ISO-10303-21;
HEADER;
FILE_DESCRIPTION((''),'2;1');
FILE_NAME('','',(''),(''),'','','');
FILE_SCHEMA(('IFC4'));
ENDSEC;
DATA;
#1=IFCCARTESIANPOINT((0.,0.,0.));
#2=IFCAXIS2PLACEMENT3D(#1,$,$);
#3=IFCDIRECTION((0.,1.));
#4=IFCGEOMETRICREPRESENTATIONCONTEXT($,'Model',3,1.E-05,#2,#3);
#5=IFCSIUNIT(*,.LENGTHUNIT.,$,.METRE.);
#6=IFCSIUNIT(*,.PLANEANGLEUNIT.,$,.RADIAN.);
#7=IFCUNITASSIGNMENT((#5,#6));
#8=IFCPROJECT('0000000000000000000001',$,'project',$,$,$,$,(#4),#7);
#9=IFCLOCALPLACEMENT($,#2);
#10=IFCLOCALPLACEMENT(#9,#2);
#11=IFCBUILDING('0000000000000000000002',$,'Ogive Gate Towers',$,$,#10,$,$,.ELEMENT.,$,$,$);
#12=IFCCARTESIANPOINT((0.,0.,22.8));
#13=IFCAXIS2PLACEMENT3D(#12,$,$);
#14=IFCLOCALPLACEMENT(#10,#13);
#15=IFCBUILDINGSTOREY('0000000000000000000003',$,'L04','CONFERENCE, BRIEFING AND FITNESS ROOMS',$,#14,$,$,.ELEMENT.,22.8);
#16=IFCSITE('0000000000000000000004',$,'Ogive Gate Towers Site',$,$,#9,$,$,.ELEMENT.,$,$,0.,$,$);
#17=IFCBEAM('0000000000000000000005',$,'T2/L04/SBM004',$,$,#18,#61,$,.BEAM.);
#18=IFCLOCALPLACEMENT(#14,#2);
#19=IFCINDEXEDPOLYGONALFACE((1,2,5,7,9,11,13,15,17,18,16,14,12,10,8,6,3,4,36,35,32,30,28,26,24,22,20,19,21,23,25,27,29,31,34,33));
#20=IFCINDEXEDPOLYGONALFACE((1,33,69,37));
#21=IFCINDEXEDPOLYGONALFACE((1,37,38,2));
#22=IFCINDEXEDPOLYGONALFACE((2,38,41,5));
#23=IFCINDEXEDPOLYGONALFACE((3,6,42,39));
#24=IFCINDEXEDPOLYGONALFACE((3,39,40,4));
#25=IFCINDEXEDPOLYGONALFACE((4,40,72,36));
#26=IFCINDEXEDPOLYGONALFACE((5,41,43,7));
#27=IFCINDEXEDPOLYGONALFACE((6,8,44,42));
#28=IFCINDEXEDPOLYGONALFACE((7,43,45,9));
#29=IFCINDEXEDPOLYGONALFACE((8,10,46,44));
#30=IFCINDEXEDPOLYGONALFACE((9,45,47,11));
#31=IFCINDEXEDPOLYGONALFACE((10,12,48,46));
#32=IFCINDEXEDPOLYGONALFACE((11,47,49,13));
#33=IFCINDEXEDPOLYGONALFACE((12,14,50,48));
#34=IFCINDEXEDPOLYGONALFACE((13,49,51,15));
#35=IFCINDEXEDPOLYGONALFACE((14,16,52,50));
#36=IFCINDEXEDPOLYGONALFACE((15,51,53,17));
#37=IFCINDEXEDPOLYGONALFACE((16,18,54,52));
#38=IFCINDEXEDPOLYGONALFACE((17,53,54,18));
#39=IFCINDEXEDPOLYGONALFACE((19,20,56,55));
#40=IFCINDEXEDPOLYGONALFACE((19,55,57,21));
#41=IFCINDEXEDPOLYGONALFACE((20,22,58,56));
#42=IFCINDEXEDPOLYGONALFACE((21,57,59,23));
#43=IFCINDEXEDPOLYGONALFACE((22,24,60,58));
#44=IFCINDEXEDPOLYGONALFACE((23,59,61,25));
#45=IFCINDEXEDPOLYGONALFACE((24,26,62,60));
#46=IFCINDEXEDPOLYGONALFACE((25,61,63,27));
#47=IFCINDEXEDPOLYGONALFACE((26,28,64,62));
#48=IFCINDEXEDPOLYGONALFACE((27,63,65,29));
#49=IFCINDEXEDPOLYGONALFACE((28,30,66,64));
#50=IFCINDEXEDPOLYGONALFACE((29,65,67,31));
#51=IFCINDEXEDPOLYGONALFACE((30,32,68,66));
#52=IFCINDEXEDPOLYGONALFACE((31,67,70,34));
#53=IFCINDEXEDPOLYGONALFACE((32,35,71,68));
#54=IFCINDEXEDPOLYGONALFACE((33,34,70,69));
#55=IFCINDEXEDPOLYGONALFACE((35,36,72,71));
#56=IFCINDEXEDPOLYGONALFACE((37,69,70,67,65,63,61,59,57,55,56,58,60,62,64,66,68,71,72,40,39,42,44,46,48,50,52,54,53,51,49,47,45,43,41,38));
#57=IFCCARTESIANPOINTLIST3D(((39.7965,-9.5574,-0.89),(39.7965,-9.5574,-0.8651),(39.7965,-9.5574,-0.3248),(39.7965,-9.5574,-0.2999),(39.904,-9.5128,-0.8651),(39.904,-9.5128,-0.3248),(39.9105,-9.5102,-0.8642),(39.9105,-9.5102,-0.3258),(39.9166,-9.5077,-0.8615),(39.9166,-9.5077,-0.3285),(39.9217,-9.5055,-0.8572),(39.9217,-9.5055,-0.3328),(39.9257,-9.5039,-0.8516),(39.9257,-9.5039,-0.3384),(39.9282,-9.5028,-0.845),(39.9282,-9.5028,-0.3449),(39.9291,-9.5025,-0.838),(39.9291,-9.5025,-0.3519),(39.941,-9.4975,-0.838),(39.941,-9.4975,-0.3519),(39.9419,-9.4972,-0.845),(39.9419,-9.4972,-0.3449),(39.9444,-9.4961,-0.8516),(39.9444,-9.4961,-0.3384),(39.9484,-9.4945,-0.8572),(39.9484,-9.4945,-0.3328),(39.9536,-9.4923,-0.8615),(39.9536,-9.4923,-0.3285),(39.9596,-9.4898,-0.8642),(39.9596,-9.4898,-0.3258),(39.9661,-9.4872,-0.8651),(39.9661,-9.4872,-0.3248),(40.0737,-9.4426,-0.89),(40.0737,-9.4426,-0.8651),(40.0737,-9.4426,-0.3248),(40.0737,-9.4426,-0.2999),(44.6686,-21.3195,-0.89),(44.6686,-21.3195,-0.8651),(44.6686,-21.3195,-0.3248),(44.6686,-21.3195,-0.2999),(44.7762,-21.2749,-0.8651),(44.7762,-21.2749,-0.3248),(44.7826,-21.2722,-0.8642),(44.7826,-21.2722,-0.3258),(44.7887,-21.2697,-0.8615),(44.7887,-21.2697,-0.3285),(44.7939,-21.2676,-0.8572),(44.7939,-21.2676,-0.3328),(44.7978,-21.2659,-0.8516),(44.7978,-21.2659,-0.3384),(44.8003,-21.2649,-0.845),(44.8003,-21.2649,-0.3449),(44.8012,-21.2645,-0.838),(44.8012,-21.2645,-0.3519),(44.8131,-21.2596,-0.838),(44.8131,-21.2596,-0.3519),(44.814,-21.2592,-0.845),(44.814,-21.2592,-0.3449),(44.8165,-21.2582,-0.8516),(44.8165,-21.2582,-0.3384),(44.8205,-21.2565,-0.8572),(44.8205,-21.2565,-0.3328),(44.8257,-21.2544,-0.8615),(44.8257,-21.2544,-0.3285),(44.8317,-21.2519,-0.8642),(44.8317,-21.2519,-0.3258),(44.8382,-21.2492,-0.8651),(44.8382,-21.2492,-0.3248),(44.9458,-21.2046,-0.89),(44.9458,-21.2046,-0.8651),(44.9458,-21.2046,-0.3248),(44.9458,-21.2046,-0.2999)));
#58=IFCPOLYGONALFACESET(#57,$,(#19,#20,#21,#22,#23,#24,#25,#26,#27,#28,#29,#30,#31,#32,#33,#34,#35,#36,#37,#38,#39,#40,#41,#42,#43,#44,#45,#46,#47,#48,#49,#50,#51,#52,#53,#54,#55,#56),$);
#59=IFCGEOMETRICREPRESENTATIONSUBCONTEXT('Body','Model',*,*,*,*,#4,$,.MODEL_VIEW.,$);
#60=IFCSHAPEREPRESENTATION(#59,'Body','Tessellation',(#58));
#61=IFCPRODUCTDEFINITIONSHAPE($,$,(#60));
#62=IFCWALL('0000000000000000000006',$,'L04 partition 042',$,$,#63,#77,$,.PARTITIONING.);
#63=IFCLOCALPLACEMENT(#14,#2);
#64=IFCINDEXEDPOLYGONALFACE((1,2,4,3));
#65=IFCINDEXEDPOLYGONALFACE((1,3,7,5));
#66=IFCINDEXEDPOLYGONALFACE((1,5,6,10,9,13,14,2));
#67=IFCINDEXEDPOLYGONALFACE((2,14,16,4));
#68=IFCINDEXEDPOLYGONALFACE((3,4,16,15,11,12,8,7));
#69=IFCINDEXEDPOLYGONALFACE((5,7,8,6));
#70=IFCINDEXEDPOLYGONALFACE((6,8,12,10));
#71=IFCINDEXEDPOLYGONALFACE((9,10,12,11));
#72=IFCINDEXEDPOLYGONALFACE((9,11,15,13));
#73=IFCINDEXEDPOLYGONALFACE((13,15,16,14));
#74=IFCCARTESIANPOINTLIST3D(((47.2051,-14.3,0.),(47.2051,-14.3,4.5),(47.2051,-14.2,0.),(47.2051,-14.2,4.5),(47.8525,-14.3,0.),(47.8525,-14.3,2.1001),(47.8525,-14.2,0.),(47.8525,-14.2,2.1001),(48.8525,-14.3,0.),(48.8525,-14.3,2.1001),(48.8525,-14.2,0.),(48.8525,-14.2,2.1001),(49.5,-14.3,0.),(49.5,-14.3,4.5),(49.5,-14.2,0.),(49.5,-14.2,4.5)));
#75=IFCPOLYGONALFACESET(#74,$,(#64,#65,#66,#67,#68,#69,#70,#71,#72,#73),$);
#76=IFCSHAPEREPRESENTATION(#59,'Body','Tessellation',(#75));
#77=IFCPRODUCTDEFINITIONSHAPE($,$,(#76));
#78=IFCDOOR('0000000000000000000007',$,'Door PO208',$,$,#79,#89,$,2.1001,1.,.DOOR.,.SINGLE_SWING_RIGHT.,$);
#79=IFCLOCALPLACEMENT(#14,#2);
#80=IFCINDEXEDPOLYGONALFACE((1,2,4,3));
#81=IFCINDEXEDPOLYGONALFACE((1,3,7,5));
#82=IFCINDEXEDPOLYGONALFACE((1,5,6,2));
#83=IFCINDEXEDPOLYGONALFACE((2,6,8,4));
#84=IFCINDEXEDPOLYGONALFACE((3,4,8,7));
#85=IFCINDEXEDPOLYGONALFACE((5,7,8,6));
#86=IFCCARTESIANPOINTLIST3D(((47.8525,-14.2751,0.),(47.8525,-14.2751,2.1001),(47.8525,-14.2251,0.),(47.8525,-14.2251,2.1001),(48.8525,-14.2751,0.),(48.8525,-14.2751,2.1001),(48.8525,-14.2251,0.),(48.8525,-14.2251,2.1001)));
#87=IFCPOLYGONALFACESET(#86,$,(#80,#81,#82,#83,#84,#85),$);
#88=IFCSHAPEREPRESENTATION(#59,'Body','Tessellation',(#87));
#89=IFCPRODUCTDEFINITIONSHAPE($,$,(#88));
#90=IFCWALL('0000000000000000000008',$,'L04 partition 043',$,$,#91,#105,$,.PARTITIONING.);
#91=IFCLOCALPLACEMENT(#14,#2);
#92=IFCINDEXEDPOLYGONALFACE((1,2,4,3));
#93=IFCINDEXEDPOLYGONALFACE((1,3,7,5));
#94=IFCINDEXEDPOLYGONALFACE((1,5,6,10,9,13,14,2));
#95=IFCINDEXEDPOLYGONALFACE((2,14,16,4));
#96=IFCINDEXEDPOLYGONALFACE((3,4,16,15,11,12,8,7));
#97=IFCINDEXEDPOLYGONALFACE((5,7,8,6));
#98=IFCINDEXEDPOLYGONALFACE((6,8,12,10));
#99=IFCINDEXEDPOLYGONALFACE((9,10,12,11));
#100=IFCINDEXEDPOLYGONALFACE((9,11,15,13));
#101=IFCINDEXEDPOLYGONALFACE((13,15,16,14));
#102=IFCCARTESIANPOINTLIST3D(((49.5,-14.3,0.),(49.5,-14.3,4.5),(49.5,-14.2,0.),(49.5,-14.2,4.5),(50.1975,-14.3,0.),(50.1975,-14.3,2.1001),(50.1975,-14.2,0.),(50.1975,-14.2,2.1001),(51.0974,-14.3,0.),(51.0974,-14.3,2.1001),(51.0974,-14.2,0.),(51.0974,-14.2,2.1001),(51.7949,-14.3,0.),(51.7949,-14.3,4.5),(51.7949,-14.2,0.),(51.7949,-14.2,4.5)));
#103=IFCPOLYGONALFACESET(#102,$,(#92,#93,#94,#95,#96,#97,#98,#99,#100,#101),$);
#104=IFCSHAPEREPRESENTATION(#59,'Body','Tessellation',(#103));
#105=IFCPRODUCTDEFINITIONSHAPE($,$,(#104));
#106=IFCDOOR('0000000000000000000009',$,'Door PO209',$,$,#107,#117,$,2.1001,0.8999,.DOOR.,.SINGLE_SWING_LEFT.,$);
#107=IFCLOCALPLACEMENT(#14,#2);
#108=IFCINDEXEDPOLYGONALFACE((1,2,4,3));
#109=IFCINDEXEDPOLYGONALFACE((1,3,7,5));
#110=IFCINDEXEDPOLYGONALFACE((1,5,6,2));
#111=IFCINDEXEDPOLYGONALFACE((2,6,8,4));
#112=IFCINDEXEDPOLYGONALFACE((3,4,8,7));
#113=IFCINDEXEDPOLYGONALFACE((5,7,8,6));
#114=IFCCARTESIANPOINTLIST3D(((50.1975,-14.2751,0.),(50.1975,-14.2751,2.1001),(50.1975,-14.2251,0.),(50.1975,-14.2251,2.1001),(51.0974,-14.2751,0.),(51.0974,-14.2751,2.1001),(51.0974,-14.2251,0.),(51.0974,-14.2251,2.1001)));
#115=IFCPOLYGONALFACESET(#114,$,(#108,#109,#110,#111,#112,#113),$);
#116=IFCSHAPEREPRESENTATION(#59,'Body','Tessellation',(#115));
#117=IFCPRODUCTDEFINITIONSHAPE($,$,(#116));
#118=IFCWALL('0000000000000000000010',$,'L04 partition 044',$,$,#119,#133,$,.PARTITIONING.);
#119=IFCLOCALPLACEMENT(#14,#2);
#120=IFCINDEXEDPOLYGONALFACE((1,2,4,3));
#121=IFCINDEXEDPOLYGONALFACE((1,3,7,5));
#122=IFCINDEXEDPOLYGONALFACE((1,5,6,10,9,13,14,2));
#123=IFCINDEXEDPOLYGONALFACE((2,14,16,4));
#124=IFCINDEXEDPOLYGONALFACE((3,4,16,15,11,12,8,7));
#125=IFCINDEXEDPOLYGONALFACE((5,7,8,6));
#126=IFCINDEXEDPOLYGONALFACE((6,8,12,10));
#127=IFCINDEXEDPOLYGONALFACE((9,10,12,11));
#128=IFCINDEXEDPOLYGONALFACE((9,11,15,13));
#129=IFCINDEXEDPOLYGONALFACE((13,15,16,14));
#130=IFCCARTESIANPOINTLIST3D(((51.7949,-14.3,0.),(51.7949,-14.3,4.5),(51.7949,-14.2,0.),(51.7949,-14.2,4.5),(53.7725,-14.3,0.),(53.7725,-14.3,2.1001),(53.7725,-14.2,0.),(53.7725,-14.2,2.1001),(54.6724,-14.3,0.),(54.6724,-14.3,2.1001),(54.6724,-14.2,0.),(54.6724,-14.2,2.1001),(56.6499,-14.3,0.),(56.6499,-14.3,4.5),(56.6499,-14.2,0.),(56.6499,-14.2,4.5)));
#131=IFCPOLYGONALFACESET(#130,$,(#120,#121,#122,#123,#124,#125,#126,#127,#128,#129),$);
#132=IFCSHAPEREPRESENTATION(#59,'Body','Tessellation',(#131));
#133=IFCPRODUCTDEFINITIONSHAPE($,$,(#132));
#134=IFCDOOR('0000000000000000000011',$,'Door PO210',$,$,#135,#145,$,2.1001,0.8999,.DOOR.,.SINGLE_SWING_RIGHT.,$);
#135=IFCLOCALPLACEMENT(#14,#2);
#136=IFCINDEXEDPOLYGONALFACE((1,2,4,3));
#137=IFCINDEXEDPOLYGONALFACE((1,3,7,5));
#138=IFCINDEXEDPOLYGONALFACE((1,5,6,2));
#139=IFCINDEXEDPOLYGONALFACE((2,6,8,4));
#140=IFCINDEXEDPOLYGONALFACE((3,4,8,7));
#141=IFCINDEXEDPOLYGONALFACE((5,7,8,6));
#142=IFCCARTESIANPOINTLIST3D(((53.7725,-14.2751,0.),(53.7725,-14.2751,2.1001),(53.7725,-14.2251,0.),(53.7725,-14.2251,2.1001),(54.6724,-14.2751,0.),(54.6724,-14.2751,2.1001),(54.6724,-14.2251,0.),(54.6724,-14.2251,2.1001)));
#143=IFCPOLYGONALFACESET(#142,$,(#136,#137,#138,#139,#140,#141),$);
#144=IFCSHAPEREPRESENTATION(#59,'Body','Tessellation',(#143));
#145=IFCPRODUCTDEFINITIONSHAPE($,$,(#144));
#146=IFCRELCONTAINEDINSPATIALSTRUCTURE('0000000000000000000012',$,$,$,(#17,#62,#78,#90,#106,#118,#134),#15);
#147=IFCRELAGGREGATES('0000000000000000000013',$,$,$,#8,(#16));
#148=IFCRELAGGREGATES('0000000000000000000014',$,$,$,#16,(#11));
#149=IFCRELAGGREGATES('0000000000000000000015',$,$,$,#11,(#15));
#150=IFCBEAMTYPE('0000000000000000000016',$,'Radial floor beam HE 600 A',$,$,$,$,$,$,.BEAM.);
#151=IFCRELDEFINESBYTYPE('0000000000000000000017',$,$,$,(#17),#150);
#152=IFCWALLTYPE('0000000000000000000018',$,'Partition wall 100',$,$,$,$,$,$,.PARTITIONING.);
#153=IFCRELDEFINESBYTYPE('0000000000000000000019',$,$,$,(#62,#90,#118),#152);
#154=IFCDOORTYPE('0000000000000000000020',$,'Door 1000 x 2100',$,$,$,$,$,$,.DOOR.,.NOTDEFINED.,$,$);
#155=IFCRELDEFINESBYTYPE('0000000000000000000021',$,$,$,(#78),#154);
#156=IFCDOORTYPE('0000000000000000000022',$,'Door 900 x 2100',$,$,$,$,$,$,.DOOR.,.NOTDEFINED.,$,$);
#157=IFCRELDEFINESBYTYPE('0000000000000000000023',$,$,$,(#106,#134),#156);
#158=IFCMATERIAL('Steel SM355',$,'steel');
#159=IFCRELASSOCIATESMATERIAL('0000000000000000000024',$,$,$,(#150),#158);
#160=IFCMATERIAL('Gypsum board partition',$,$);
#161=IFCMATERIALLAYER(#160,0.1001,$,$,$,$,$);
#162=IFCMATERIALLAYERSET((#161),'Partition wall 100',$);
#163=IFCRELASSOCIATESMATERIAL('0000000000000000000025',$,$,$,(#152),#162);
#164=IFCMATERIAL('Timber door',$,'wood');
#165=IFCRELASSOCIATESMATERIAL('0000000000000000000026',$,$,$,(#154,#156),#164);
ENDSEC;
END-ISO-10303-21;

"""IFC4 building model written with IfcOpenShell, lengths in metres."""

from ifc_helpers import new_model, si_unit, direction, frame, frame_2d, origin, origin_2d, place, context, subcontext, project, spatial, rectangle, i_section, extrude, material, layer, layer_set, material_profile, profile_set, type_object, element, fill, save


model = new_model("IFC4")

# Units and contexts
model_context = context("Model", 3, precision=1e-05, world=origin(), true_north=direction((0.0, 1.0)))
body_context = subcontext(model_context, "Body", "Model", "MODEL_VIEW")
ifc_project = project(units=[si_unit("LENGTHUNIT", "METRE"), si_unit("PLANEANGLEUNIT", "RADIAN")], contexts=[model_context])

# Site, building, storey
site_placement = place(None, origin())
site = spatial("IfcSite", under=ifc_project, at=site_placement, Name="Ogive Gate Towers Site", CompositionType="ELEMENT", RefElevation=0.0)
building_placement = place(site_placement, origin())
building = spatial("IfcBuilding", under=site, at=building_placement, Name="Ogive Gate Towers", CompositionType="ELEMENT")
storey_placement = place(building_placement, frame((0.0, 0.0, 22.8)))
storey = spatial("IfcBuildingStorey", under=building, at=storey_placement, Name="L04", Description="CONFERENCE, BRIEFING AND FITNESS ROOMS", CompositionType="ELEMENT", Elevation=22.8)

# Beam
ifc_material_1 = material(Name="Steel SM355", Category="steel")
ifc_material_profile_1 = material_profile(ifc_material_1, i_section(OverallWidth=0.3, OverallDepth=0.5901, WebThickness=0.0129, FlangeThickness=0.0249, FilletRadius=0.0271, at=origin_2d()), Name="HE 600 A")
ifc_profile_set_1 = profile_set([ifc_material_profile_1], Name="Steel SM355")
beam_type_1 = type_object("IfcBeamType", Name="Radial floor beam HE 600 A", PredefinedType="BEAM", material=ifc_profile_set_1)
beam_1_placement = place(storey_placement, frame((39.9351, -9.5, -0.595), z_axis=(0.382691, -0.923877, 0.0), x_axis=(0.923877, 0.382691, 0.0)))
element("IfcBeam", 1, at=beam_1_placement, inside=storey, type_object=beam_type_1, Name="T2/L04/SBM004", PredefinedType="BEAM", context=body_context, shape_type="SweptSolid", body=[
    extrude(i_section(OverallWidth=0.3, OverallDepth=0.5901, WebThickness=0.0129, FlangeThickness=0.0249, FilletRadius=0.0271, at=origin_2d()), origin(), (0.0, 0.0, 1.0), 12.7312),
])

# Walls, openings, doors
ifc_material_2 = material(Name="Gypsum board partition")
ifc_layer_1 = layer(ifc_material_2, 0.1001)
ifc_layer_set_1 = layer_set([ifc_layer_1], Name="Partition wall 100")
wall_type_1 = type_object("IfcWallType", Name="Partition wall 100", PredefinedType="PARTITIONING", material=ifc_layer_set_1)
wall_1_placement = place(storey_placement, frame((47.2051, -14.25, 0.0), z_axis=(0.0, 0.0, 1.0), x_axis=(1.0, 0.0, 0.0)))
wall_1 = element("IfcWall", 2, at=wall_1_placement, inside=storey, type_object=wall_type_1, Name="L04 partition 042", PredefinedType="PARTITIONING", context=body_context, shape_type="SweptSolid", body=[
    extrude(rectangle(XDim=2.2949, YDim=0.1001, at=frame_2d((1.1475, 0.0))), origin(), (0.0, 0.0, 1.0), 4.5),
])
opening_1_placement = place(wall_1_placement, frame((0.6475, 0.0, 0.0)))
opening_1 = element("IfcOpeningElement", 3, at=opening_1_placement, cuts=wall_1, PredefinedType="OPENING", context=body_context, shape_type="SweptSolid", body=[
    extrude(rectangle(XDim=1.0, YDim=2.1001, at=frame_2d((0.5, 1.05))), frame((0.0, 0.0601, 0.0), z_axis=(0.0, -1.0, 0.0), x_axis=(1.0, 0.0, 0.0)), (0.0, 0.0, 1.0), 0.1201),
])
ifc_material_3 = material(Name="Timber door", Category="wood")
door_type_1 = type_object("IfcDoorType", Name="Door 1000 x 2100", OperationType="NOTDEFINED", PredefinedType="DOOR", material=ifc_material_3)
door_1_placement = place(opening_1_placement, origin())
door_1 = element("IfcDoor", 4, at=door_1_placement, inside=storey, type_object=door_type_1, Name="Door PO208", OperationType="SINGLE_SWING_RIGHT", OverallHeight=2.1001, OverallWidth=1.0, PredefinedType="DOOR", context=body_context, shape_type="SweptSolid", body=[
    extrude(rectangle(XDim=1.0, YDim=2.1001, at=frame_2d((0.5, 1.05))), frame((0.0, 0.0249, 0.0), z_axis=(0.0, -1.0, 0.0), x_axis=(1.0, 0.0, 0.0)), (0.0, 0.0, 1.0), 0.05),
])
fill(opening_1, door_1)
wall_2_placement = place(storey_placement, frame((49.5, -14.25, 0.0), z_axis=(0.0, 0.0, 1.0), x_axis=(1.0, 0.0, 0.0)))
wall_2 = element("IfcWall", 5, at=wall_2_placement, inside=storey, type_object=wall_type_1, Name="L04 partition 043", PredefinedType="PARTITIONING", context=body_context, shape_type="SweptSolid", body=[
    extrude(rectangle(XDim=2.2949, YDim=0.1001, at=frame_2d((1.1475, 0.0))), origin(), (0.0, 0.0, 1.0), 4.5),
])
opening_2_placement = place(wall_2_placement, frame((0.6975, 0.0, 0.0)))
opening_2 = element("IfcOpeningElement", 6, at=opening_2_placement, cuts=wall_2, PredefinedType="OPENING", context=body_context, shape_type="SweptSolid", body=[
    extrude(rectangle(XDim=0.8999, YDim=2.1001, at=frame_2d((0.45, 1.05))), frame((0.0, 0.0601, 0.0), z_axis=(0.0, -1.0, 0.0), x_axis=(1.0, 0.0, 0.0)), (0.0, 0.0, 1.0), 0.1201),
])
door_type_2 = type_object("IfcDoorType", Name="Door 900 x 2100", OperationType="NOTDEFINED", PredefinedType="DOOR", material=ifc_material_3)
door_2_placement = place(opening_2_placement, origin())
door_2 = element("IfcDoor", 7, at=door_2_placement, inside=storey, type_object=door_type_2, Name="Door PO209", OperationType="SINGLE_SWING_LEFT", OverallHeight=2.1001, OverallWidth=0.8999, PredefinedType="DOOR", context=body_context, shape_type="SweptSolid", body=[
    extrude(rectangle(XDim=0.8999, YDim=2.1001, at=frame_2d((0.45, 1.05))), frame((0.0, 0.0249, 0.0), z_axis=(0.0, -1.0, 0.0), x_axis=(1.0, 0.0, 0.0)), (0.0, 0.0, 1.0), 0.05),
])
fill(opening_2, door_2)
wall_3_placement = place(storey_placement, frame((51.7949, -14.25, 0.0), z_axis=(0.0, 0.0, 1.0), x_axis=(1.0, 0.0, 0.0)))
wall_3 = element("IfcWall", 8, at=wall_3_placement, inside=storey, type_object=wall_type_1, Name="L04 partition 044", PredefinedType="PARTITIONING", context=body_context, shape_type="SweptSolid", body=[
    extrude(rectangle(XDim=4.855, YDim=0.1001, at=frame_2d((2.4275, 0.0))), origin(), (0.0, 0.0, 1.0), 4.5),
])
opening_3_placement = place(wall_3_placement, frame((1.9775, 0.0, 0.0)))
opening_3 = element("IfcOpeningElement", 9, at=opening_3_placement, cuts=wall_3, PredefinedType="OPENING", context=body_context, shape_type="SweptSolid", body=[
    extrude(rectangle(XDim=0.8999, YDim=2.1001, at=frame_2d((0.45, 1.05))), frame((0.0, 0.0601, 0.0), z_axis=(0.0, -1.0, 0.0), x_axis=(1.0, 0.0, 0.0)), (0.0, 0.0, 1.0), 0.1201),
])
door_3_placement = place(opening_3_placement, origin())
door_3 = element("IfcDoor", 10, at=door_3_placement, inside=storey, type_object=door_type_2, Name="Door PO210", OperationType="SINGLE_SWING_RIGHT", OverallHeight=2.1001, OverallWidth=0.8999, PredefinedType="DOOR", context=body_context, shape_type="SweptSolid", body=[
    extrude(rectangle(XDim=0.8999, YDim=2.1001, at=frame_2d((0.45, 1.05))), frame((0.0, 0.0249, 0.0), z_axis=(0.0, -1.0, 0.0), x_axis=(1.0, 0.0, 0.0)), (0.0, 0.0, 1.0), 0.05),
])
fill(opening_3, door_3)

save(model, "model.ifc")
